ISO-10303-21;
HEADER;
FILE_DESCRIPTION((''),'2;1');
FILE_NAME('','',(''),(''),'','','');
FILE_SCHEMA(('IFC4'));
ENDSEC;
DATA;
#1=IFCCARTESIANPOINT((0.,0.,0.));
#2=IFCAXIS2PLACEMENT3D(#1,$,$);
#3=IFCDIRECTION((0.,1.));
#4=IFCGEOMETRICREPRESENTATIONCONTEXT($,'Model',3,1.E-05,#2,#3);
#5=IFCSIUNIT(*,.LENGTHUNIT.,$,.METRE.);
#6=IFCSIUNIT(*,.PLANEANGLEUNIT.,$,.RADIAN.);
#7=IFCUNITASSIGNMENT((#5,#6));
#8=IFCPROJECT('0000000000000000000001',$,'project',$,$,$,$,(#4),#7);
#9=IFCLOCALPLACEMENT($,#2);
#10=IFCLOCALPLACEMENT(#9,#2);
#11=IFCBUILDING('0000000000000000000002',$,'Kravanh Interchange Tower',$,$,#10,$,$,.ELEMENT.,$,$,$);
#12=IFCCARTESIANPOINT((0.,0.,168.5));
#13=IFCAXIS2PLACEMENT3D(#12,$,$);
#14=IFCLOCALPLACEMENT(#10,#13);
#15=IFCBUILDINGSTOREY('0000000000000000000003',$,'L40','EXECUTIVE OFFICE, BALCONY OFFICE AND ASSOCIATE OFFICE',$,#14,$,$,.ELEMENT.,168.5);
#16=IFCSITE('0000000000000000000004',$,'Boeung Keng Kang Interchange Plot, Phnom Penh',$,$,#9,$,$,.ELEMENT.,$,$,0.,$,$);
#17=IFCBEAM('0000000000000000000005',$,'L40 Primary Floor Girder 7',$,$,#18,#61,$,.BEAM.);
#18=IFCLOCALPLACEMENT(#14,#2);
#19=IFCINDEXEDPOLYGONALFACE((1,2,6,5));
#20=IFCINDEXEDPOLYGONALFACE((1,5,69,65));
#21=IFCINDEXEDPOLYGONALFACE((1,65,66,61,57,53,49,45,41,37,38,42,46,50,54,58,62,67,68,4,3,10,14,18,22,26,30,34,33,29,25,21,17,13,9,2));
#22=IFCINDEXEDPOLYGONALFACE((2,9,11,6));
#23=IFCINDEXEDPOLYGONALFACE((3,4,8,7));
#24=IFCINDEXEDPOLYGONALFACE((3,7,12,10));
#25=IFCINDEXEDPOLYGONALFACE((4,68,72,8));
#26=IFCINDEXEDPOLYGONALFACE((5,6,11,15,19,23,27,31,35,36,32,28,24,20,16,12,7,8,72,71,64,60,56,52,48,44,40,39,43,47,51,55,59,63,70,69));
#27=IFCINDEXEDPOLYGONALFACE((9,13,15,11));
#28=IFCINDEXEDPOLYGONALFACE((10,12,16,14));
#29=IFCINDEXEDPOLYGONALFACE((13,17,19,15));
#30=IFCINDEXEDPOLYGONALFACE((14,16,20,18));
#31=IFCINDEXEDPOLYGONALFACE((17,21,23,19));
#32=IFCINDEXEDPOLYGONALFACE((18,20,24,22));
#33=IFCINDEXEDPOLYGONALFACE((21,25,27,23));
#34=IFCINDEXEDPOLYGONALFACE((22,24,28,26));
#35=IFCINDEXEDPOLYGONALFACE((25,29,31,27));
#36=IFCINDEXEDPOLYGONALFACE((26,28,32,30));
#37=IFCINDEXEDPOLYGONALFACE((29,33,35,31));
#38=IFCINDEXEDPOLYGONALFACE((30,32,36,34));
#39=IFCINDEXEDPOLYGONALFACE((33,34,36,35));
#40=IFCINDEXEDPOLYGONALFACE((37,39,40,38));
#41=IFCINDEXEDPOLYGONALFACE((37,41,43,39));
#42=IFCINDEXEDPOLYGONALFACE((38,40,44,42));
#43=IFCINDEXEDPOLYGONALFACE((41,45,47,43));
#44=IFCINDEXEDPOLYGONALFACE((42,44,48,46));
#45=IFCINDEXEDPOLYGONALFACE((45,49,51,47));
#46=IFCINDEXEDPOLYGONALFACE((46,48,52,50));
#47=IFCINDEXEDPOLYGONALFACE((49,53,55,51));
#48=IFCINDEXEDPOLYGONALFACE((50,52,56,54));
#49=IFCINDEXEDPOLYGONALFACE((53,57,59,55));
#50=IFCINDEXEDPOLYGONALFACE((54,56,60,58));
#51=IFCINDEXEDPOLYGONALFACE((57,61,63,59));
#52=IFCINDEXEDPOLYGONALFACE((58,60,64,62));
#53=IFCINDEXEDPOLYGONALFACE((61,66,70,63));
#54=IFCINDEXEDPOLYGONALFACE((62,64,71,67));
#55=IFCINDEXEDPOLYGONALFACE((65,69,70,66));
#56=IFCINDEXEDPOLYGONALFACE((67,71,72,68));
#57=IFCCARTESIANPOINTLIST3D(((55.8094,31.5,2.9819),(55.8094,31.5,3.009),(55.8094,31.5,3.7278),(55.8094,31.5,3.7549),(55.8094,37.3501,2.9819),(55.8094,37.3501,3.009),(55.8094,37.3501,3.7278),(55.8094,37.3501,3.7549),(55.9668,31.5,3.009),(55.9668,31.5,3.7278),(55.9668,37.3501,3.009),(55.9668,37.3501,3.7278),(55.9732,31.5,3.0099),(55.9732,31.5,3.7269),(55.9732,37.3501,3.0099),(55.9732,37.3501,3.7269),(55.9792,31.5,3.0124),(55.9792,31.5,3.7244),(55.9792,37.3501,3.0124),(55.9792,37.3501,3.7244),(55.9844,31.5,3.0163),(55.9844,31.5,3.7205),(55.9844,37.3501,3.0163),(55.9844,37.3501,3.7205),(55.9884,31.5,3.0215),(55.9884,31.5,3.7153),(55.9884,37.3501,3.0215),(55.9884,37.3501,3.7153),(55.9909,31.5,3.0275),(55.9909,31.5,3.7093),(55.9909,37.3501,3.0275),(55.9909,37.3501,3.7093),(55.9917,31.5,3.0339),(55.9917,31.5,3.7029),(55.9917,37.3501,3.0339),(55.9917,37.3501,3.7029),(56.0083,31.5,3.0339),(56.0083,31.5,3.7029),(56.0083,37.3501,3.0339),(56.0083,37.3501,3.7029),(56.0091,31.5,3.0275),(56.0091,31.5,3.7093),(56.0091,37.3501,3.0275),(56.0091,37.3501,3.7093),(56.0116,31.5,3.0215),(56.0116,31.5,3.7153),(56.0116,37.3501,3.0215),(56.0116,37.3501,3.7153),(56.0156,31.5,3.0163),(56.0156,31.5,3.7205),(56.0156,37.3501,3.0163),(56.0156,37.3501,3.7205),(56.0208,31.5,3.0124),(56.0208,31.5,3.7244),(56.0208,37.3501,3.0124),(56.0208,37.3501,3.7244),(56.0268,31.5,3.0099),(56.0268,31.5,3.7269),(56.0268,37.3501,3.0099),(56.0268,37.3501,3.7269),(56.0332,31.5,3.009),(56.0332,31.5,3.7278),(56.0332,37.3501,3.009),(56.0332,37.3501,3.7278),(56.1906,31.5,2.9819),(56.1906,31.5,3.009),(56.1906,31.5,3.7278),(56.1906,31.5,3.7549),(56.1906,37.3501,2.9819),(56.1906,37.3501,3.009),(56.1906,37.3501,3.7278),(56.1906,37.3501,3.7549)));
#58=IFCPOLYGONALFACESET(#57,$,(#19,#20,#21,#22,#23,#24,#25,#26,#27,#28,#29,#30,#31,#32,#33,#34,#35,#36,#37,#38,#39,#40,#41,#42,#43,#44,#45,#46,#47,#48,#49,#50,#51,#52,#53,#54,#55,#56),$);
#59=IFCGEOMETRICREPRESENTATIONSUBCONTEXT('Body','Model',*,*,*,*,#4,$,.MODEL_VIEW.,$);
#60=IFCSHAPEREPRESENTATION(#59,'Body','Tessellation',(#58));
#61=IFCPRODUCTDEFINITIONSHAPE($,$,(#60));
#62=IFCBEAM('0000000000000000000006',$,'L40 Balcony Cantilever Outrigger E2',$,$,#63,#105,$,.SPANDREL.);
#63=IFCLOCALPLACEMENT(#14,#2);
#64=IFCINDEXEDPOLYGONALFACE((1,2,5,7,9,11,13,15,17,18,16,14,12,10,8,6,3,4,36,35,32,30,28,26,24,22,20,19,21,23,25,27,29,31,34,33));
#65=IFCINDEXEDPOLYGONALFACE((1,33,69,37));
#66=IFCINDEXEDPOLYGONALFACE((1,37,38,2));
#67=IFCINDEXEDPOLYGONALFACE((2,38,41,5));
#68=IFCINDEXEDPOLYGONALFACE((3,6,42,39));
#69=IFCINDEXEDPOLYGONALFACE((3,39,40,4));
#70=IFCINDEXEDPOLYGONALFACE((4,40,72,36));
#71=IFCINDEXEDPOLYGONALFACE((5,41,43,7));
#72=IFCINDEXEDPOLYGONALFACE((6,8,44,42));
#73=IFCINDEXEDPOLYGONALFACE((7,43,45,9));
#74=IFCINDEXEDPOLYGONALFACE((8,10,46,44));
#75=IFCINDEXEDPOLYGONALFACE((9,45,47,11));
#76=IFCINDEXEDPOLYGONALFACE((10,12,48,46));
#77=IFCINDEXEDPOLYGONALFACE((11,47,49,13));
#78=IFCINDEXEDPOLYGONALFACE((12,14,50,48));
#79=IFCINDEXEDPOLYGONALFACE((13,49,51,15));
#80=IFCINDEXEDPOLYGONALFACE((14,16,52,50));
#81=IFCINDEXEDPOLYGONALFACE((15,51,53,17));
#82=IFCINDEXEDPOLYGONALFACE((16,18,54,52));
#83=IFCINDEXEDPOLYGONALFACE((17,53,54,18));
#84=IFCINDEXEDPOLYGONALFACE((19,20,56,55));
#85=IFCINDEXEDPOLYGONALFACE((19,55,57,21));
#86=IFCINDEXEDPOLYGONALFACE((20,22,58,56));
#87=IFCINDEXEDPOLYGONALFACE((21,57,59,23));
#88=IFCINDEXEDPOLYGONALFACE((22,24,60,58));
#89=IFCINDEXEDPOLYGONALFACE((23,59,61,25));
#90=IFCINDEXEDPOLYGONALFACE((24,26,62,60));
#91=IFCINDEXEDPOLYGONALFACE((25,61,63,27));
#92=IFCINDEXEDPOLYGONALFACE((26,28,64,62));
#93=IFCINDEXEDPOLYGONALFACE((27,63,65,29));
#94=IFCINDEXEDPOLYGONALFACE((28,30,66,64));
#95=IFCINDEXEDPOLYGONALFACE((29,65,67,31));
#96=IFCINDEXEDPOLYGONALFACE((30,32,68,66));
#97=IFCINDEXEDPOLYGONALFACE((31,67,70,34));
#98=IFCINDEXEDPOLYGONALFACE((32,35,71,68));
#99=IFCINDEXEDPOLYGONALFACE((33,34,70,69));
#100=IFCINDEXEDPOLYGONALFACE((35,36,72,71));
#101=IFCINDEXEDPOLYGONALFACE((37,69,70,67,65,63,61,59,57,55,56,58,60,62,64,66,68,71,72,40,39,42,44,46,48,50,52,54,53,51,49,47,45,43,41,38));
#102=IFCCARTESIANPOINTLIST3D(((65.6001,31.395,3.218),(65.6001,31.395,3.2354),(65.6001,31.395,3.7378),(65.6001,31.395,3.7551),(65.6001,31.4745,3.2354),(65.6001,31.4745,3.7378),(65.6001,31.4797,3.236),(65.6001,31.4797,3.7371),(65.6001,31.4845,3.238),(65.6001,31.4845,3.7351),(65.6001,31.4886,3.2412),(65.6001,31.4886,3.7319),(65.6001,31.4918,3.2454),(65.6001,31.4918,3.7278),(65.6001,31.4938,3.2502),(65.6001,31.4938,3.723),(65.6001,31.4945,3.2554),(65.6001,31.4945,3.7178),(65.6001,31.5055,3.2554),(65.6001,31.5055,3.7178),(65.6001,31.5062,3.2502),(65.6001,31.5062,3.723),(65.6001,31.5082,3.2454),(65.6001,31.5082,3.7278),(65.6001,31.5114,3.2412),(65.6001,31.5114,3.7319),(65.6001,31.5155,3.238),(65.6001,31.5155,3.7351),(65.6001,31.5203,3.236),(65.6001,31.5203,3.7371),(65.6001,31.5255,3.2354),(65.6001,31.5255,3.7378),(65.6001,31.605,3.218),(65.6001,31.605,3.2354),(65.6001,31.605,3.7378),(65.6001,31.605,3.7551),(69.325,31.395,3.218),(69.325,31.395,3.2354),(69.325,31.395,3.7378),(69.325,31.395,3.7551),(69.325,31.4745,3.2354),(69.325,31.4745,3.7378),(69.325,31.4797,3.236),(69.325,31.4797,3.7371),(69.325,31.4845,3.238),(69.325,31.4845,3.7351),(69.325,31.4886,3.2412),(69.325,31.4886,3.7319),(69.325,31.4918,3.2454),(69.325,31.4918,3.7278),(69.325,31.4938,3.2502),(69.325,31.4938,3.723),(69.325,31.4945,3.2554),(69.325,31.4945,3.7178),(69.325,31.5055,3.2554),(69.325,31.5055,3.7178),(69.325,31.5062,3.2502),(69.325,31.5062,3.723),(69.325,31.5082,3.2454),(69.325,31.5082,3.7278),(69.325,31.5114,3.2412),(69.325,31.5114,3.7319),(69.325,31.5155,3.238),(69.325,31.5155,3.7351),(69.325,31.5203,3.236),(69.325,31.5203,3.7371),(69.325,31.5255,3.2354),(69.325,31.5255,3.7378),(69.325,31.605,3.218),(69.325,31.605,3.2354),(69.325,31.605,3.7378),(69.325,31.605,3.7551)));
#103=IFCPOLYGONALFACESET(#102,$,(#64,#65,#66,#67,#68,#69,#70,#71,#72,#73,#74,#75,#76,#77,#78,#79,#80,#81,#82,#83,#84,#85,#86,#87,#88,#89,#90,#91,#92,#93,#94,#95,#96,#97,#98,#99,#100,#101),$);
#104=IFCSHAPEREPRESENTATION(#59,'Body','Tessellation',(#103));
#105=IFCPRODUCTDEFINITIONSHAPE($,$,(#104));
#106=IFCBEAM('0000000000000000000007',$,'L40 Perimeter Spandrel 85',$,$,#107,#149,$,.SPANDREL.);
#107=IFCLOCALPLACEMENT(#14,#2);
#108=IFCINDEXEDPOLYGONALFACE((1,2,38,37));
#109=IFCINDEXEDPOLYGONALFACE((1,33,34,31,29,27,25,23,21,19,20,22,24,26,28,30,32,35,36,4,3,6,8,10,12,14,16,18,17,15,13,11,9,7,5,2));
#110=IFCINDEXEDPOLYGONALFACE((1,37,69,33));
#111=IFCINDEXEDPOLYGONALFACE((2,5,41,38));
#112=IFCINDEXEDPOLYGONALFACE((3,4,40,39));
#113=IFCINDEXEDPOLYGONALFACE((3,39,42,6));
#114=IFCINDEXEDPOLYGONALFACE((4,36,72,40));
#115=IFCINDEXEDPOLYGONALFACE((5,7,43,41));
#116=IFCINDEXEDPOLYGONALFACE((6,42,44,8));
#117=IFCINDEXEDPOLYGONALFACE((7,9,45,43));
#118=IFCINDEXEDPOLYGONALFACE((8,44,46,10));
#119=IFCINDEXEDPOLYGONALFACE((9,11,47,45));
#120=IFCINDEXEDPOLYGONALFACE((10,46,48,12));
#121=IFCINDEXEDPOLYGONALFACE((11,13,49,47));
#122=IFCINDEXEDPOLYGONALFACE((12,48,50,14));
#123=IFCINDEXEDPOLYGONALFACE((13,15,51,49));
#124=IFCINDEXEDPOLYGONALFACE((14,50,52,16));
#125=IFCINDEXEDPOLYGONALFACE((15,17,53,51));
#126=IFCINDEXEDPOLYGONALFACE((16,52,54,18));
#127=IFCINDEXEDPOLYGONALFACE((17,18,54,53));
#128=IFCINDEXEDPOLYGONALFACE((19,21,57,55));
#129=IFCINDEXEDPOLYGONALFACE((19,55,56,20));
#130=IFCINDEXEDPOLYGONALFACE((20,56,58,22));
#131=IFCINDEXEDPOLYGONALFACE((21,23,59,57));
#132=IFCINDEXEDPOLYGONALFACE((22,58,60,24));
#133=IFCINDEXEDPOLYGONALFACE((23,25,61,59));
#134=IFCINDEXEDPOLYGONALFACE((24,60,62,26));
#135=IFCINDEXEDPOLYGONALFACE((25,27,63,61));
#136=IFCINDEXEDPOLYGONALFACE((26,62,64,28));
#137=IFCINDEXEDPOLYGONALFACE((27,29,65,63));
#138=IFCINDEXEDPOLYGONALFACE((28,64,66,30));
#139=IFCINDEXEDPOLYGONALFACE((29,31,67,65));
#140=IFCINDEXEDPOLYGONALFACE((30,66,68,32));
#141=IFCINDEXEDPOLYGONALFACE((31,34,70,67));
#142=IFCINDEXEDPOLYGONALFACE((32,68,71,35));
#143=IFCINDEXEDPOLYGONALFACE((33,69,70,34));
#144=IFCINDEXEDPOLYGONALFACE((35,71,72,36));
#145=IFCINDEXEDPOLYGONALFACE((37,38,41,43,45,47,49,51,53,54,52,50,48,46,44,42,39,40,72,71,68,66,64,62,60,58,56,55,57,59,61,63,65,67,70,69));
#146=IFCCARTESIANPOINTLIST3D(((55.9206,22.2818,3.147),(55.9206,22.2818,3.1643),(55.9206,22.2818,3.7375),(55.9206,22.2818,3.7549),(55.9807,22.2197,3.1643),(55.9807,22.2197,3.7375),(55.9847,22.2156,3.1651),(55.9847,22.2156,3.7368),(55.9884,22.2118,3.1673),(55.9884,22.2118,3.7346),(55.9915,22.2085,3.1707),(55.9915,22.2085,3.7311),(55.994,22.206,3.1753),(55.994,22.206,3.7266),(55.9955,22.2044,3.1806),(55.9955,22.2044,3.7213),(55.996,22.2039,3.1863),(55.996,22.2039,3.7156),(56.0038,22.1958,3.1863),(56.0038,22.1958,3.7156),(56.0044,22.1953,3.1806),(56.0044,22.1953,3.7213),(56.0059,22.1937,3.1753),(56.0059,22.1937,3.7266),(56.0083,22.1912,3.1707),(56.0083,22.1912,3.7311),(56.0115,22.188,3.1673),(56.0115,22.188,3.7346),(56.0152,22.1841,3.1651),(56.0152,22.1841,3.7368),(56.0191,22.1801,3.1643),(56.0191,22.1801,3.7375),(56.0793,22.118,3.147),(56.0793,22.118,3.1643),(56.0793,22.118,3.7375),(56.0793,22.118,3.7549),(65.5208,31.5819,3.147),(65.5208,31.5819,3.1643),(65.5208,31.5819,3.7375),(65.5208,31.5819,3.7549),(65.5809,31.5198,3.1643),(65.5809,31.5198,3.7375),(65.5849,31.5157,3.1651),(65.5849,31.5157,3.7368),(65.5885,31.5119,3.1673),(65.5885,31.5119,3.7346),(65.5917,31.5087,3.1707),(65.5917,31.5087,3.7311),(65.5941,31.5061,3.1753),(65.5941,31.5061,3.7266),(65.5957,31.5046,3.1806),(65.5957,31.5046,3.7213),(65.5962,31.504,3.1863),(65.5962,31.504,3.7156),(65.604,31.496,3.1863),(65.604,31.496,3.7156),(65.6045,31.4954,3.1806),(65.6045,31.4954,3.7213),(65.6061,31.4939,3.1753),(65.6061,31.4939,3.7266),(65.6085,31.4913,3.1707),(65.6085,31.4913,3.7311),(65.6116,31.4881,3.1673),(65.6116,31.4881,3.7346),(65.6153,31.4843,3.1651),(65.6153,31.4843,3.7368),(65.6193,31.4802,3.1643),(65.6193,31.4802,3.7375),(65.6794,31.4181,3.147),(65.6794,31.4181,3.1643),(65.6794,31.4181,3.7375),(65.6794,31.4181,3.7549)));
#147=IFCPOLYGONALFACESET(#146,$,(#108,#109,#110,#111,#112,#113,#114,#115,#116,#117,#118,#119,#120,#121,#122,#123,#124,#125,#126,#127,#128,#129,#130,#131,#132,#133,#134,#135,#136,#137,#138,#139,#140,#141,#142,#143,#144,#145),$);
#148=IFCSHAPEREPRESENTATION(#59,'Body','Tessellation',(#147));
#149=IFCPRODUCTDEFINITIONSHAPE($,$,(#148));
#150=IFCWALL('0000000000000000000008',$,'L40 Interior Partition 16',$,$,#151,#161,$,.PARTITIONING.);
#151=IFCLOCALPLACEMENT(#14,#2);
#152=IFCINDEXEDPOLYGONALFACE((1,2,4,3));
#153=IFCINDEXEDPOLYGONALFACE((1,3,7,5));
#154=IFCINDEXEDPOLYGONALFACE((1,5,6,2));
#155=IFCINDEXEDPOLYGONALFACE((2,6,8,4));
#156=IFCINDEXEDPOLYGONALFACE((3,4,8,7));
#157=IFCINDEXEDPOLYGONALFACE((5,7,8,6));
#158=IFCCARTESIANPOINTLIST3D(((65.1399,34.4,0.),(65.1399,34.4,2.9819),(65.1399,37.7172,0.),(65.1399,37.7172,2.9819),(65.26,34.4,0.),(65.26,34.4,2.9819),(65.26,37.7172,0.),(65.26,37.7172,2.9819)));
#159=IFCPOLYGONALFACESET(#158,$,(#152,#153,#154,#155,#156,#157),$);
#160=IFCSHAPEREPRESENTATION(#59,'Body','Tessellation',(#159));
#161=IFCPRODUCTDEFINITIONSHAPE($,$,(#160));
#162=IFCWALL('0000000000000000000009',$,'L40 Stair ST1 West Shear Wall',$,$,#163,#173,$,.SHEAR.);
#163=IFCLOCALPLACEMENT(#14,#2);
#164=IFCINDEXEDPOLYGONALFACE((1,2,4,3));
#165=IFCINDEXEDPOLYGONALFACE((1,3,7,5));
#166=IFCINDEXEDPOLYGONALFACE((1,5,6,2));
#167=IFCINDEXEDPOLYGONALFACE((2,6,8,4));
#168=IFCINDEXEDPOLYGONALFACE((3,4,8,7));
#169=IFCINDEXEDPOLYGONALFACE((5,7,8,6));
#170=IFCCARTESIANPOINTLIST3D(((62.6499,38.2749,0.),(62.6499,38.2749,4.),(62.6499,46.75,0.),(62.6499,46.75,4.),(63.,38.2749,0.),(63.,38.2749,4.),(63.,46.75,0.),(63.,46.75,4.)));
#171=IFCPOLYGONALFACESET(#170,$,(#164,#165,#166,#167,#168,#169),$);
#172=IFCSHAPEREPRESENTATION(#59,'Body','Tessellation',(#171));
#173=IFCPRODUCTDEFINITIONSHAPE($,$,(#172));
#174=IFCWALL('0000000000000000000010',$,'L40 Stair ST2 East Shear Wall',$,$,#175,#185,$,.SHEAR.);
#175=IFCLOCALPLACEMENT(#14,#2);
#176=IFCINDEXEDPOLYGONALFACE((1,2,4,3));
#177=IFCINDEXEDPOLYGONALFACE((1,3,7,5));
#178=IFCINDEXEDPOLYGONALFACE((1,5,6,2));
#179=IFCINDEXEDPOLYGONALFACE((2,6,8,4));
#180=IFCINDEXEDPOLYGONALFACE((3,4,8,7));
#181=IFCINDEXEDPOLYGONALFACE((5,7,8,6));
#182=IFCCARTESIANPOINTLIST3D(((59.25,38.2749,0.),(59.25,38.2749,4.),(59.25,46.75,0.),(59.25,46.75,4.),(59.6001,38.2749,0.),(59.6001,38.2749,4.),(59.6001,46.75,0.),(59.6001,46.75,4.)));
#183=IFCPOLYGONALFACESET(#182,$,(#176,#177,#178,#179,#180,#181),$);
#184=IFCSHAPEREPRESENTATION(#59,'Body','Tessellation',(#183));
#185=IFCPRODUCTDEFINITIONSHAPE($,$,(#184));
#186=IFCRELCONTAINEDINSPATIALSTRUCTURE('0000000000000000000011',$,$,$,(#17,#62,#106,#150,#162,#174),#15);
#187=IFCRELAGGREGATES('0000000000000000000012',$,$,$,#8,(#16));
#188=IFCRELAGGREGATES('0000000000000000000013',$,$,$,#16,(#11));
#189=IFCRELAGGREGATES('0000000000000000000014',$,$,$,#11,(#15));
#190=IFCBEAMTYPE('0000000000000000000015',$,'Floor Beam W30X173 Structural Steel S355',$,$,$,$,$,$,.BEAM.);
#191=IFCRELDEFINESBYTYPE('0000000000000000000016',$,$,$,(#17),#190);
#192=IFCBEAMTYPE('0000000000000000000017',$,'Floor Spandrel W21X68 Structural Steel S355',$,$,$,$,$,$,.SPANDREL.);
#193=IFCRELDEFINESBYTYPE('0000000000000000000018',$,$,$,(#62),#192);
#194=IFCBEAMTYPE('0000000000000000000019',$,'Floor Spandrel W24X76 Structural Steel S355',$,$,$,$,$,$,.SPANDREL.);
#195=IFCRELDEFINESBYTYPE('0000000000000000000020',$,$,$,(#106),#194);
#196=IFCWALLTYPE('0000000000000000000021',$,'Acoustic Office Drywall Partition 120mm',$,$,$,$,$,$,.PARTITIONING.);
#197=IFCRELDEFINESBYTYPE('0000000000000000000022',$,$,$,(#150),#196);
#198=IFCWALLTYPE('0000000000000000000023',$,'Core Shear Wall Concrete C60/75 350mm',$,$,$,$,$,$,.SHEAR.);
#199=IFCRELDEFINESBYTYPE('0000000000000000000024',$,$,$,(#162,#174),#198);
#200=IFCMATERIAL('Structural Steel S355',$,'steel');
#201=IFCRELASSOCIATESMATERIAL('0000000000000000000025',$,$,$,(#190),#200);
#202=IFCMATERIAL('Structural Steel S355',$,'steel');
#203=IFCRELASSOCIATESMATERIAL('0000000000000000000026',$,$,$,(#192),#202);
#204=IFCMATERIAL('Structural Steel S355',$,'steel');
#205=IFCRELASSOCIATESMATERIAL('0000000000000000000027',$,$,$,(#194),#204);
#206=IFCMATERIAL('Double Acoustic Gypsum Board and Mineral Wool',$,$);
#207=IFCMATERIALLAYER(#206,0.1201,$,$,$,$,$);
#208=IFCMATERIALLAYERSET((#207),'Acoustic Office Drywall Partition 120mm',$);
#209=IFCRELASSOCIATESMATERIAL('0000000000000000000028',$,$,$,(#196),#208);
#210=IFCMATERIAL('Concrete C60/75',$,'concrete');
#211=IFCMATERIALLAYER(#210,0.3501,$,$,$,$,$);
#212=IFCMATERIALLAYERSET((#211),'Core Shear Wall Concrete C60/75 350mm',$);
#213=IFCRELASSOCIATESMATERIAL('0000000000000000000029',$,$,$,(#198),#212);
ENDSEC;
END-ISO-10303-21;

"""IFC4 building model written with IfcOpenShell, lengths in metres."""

from ifc_helpers import new_model, si_unit, direction, frame, frame_2d, origin, origin_2d, place, context, subcontext, project, spatial, rectangle, i_section, extrude, material, layer, layer_set, material_profile, profile_set, type_object, element, save


model = new_model("IFC4")

# Units and contexts
model_context = context("Model", 3, precision=1e-05, world=origin(), true_north=direction((0.0, 1.0)))
body_context = subcontext(model_context, "Body", "Model", "MODEL_VIEW")
ifc_project = project(units=[si_unit("LENGTHUNIT", "METRE"), si_unit("PLANEANGLEUNIT", "RADIAN")], contexts=[model_context])

# Site, building, storey
site_placement = place(None, origin())
site = spatial("IfcSite", under=ifc_project, at=site_placement, Name="Boeung Keng Kang Interchange Plot, Phnom Penh", CompositionType="ELEMENT", RefElevation=0.0)
building_placement = place(site_placement, origin())
building = spatial("IfcBuilding", under=site, at=building_placement, Name="Kravanh Interchange Tower", CompositionType="ELEMENT")
storey_placement = place(building_placement, frame((0.0, 0.0, 168.5)))
storey = spatial("IfcBuildingStorey", under=building, at=storey_placement, Name="L40", Description="EXECUTIVE OFFICE, BALCONY OFFICE AND ASSOCIATE OFFICE", CompositionType="ELEMENT", Elevation=168.5)

# Beams
ifc_material_1 = material(Name="Structural Steel S355", Category="steel")
ifc_material_profile_1 = material_profile(ifc_material_1, i_section(OverallWidth=0.3811, OverallDepth=0.7729, WebThickness=0.0166, FlangeThickness=0.0271, FilletRadius=0.0249, at=origin_2d()), Name="W30X173")
ifc_profile_set_1 = profile_set([ifc_material_profile_1], Name="Structural Steel S355")
beam_type_1 = type_object("IfcBeamType", Name="Floor Beam W30X173 Structural Steel S355", PredefinedType="BEAM", material=ifc_profile_set_1)
beam_1_placement = place(storey_placement, frame((56.0, 37.3501, 3.3684), z_axis=(0.0, -1.0, 0.0), x_axis=(1.0, 0.0, 0.0)))
element("IfcBeam", 1, at=beam_1_placement, inside=storey, type_object=beam_type_1, Name="L40 Primary Floor Girder 7", PredefinedType="BEAM", context=body_context, shape_type="SweptSolid", body=[
    extrude(i_section(OverallWidth=0.3811, OverallDepth=0.7729, WebThickness=0.0166, FlangeThickness=0.0271, FilletRadius=0.0249, at=origin_2d()), origin(), (0.0, 0.0, 1.0), 5.8501),
])
ifc_material_2 = material(Name="Structural Steel S355", Category="steel")
ifc_material_profile_2 = material_profile(ifc_material_2, i_section(OverallWidth=0.21, OverallDepth=0.5371, WebThickness=0.011, FlangeThickness=0.0173, FilletRadius=0.02, at=origin_2d()), Name="W21X68")
ifc_profile_set_2 = profile_set([ifc_material_profile_2], Name="Structural Steel S355")
beam_type_2 = type_object("IfcBeamType", Name="Floor Spandrel W21X68 Structural Steel S355", PredefinedType="SPANDREL", material=ifc_profile_set_2)
beam_2_placement = place(storey_placement, frame((65.6001, 31.5, 3.4866), z_axis=(1.0, 0.0, 0.0), x_axis=(0.0, 1.0, 0.0)))
element("IfcBeam", 2, at=beam_2_placement, inside=storey, type_object=beam_type_2, Name="L40 Balcony Cantilever Outrigger E2", PredefinedType="SPANDREL", context=body_context, shape_type="SweptSolid", body=[
    extrude(i_section(OverallWidth=0.21, OverallDepth=0.5371, WebThickness=0.011, FlangeThickness=0.0173, FilletRadius=0.02, at=origin_2d()), origin(), (0.0, 0.0, 1.0), 3.7249),
])
ifc_material_3 = material(Name="Structural Steel S355", Category="steel")
ifc_material_profile_3 = material_profile(ifc_material_3, i_section(OverallWidth=0.228, OverallDepth=0.6079, WebThickness=0.0112, FlangeThickness=0.0173, FilletRadius=0.022, at=origin_2d()), Name="W24X76")
ifc_profile_set_3 = profile_set([ifc_material_profile_3], Name="Structural Steel S355")
beam_type_3 = type_object("IfcBeamType", Name="Floor Spandrel W24X76 Structural Steel S355", PredefinedType="SPANDREL", material=ifc_profile_set_3)
beam_3_placement = place(storey_placement, frame((65.6001, 31.5, 3.4509), z_axis=(-0.718242, -0.695793, 0.0), x_axis=(0.695793, -0.718242, 0.0)))
element("IfcBeam", 3, at=beam_3_placement, inside=storey, type_object=beam_type_3, Name="L40 Perimeter Spandrel 85", PredefinedType="SPANDREL", context=body_context, shape_type="SweptSolid", body=[
    extrude(i_section(OverallWidth=0.228, OverallDepth=0.6079, WebThickness=0.0112, FlangeThickness=0.0173, FilletRadius=0.022, at=origin_2d()), origin(), (0.0, 0.0, 1.0), 13.3662),
])

# Walls
ifc_material_4 = material(Name="Double Acoustic Gypsum Board and Mineral Wool")
ifc_layer_1 = layer(ifc_material_4, 0.1201)
ifc_layer_set_1 = layer_set([ifc_layer_1], Name="Acoustic Office Drywall Partition 120mm")
wall_type_1 = type_object("IfcWallType", Name="Acoustic Office Drywall Partition 120mm", PredefinedType="PARTITIONING", material=ifc_layer_set_1)
wall_1_placement = place(storey_placement, frame((65.2, 34.3999, 0.0), z_axis=(0.0, 0.0, 1.0), x_axis=(0.0, 1.0, 0.0)))
element("IfcWall", 4, at=wall_1_placement, inside=storey, type_object=wall_type_1, Name="L40 Interior Partition 16", PredefinedType="PARTITIONING", context=body_context, shape_type="SweptSolid", body=[
    extrude(rectangle(XDim=3.3171, YDim=0.1201, at=frame_2d((1.6587, 0.0))), origin(), (0.0, 0.0, 1.0), 2.9819),
])
ifc_material_5 = material(Name="Concrete C60/75", Category="concrete")
ifc_layer_2 = layer(ifc_material_5, 0.3501)
ifc_layer_set_2 = layer_set([ifc_layer_2], Name="Core Shear Wall Concrete C60/75 350mm")
wall_type_2 = type_object("IfcWallType", Name="Core Shear Wall Concrete C60/75 350mm", PredefinedType="SHEAR", material=ifc_layer_set_2)
for number, where, z_axis, x_axis, name in (
    (5, (62.825, 38.2749, 0.0), (0.0, 0.0, 1.0), (0.0, 1.0, 0.0), "L40 Stair ST1 West Shear Wall"),
    (6, (59.425, 38.2749, 0.0), (0.0, 0.0, 1.0), (0.0, 1.0, 0.0), "L40 Stair ST2 East Shear Wall"),
):
    element("IfcWall", number, at=place(storey_placement, frame(where, z_axis=z_axis, x_axis=x_axis)), inside=storey, type_object=wall_type_2, Name=name, PredefinedType="SHEAR", context=body_context, shape_type="SweptSolid", body=[
        extrude(rectangle(XDim=8.4751, YDim=0.3501, at=frame_2d((4.2375, 0.0))), origin(), (0.0, 0.0, 1.0), 4.0),
    ])

save(model, "model.ifc")
